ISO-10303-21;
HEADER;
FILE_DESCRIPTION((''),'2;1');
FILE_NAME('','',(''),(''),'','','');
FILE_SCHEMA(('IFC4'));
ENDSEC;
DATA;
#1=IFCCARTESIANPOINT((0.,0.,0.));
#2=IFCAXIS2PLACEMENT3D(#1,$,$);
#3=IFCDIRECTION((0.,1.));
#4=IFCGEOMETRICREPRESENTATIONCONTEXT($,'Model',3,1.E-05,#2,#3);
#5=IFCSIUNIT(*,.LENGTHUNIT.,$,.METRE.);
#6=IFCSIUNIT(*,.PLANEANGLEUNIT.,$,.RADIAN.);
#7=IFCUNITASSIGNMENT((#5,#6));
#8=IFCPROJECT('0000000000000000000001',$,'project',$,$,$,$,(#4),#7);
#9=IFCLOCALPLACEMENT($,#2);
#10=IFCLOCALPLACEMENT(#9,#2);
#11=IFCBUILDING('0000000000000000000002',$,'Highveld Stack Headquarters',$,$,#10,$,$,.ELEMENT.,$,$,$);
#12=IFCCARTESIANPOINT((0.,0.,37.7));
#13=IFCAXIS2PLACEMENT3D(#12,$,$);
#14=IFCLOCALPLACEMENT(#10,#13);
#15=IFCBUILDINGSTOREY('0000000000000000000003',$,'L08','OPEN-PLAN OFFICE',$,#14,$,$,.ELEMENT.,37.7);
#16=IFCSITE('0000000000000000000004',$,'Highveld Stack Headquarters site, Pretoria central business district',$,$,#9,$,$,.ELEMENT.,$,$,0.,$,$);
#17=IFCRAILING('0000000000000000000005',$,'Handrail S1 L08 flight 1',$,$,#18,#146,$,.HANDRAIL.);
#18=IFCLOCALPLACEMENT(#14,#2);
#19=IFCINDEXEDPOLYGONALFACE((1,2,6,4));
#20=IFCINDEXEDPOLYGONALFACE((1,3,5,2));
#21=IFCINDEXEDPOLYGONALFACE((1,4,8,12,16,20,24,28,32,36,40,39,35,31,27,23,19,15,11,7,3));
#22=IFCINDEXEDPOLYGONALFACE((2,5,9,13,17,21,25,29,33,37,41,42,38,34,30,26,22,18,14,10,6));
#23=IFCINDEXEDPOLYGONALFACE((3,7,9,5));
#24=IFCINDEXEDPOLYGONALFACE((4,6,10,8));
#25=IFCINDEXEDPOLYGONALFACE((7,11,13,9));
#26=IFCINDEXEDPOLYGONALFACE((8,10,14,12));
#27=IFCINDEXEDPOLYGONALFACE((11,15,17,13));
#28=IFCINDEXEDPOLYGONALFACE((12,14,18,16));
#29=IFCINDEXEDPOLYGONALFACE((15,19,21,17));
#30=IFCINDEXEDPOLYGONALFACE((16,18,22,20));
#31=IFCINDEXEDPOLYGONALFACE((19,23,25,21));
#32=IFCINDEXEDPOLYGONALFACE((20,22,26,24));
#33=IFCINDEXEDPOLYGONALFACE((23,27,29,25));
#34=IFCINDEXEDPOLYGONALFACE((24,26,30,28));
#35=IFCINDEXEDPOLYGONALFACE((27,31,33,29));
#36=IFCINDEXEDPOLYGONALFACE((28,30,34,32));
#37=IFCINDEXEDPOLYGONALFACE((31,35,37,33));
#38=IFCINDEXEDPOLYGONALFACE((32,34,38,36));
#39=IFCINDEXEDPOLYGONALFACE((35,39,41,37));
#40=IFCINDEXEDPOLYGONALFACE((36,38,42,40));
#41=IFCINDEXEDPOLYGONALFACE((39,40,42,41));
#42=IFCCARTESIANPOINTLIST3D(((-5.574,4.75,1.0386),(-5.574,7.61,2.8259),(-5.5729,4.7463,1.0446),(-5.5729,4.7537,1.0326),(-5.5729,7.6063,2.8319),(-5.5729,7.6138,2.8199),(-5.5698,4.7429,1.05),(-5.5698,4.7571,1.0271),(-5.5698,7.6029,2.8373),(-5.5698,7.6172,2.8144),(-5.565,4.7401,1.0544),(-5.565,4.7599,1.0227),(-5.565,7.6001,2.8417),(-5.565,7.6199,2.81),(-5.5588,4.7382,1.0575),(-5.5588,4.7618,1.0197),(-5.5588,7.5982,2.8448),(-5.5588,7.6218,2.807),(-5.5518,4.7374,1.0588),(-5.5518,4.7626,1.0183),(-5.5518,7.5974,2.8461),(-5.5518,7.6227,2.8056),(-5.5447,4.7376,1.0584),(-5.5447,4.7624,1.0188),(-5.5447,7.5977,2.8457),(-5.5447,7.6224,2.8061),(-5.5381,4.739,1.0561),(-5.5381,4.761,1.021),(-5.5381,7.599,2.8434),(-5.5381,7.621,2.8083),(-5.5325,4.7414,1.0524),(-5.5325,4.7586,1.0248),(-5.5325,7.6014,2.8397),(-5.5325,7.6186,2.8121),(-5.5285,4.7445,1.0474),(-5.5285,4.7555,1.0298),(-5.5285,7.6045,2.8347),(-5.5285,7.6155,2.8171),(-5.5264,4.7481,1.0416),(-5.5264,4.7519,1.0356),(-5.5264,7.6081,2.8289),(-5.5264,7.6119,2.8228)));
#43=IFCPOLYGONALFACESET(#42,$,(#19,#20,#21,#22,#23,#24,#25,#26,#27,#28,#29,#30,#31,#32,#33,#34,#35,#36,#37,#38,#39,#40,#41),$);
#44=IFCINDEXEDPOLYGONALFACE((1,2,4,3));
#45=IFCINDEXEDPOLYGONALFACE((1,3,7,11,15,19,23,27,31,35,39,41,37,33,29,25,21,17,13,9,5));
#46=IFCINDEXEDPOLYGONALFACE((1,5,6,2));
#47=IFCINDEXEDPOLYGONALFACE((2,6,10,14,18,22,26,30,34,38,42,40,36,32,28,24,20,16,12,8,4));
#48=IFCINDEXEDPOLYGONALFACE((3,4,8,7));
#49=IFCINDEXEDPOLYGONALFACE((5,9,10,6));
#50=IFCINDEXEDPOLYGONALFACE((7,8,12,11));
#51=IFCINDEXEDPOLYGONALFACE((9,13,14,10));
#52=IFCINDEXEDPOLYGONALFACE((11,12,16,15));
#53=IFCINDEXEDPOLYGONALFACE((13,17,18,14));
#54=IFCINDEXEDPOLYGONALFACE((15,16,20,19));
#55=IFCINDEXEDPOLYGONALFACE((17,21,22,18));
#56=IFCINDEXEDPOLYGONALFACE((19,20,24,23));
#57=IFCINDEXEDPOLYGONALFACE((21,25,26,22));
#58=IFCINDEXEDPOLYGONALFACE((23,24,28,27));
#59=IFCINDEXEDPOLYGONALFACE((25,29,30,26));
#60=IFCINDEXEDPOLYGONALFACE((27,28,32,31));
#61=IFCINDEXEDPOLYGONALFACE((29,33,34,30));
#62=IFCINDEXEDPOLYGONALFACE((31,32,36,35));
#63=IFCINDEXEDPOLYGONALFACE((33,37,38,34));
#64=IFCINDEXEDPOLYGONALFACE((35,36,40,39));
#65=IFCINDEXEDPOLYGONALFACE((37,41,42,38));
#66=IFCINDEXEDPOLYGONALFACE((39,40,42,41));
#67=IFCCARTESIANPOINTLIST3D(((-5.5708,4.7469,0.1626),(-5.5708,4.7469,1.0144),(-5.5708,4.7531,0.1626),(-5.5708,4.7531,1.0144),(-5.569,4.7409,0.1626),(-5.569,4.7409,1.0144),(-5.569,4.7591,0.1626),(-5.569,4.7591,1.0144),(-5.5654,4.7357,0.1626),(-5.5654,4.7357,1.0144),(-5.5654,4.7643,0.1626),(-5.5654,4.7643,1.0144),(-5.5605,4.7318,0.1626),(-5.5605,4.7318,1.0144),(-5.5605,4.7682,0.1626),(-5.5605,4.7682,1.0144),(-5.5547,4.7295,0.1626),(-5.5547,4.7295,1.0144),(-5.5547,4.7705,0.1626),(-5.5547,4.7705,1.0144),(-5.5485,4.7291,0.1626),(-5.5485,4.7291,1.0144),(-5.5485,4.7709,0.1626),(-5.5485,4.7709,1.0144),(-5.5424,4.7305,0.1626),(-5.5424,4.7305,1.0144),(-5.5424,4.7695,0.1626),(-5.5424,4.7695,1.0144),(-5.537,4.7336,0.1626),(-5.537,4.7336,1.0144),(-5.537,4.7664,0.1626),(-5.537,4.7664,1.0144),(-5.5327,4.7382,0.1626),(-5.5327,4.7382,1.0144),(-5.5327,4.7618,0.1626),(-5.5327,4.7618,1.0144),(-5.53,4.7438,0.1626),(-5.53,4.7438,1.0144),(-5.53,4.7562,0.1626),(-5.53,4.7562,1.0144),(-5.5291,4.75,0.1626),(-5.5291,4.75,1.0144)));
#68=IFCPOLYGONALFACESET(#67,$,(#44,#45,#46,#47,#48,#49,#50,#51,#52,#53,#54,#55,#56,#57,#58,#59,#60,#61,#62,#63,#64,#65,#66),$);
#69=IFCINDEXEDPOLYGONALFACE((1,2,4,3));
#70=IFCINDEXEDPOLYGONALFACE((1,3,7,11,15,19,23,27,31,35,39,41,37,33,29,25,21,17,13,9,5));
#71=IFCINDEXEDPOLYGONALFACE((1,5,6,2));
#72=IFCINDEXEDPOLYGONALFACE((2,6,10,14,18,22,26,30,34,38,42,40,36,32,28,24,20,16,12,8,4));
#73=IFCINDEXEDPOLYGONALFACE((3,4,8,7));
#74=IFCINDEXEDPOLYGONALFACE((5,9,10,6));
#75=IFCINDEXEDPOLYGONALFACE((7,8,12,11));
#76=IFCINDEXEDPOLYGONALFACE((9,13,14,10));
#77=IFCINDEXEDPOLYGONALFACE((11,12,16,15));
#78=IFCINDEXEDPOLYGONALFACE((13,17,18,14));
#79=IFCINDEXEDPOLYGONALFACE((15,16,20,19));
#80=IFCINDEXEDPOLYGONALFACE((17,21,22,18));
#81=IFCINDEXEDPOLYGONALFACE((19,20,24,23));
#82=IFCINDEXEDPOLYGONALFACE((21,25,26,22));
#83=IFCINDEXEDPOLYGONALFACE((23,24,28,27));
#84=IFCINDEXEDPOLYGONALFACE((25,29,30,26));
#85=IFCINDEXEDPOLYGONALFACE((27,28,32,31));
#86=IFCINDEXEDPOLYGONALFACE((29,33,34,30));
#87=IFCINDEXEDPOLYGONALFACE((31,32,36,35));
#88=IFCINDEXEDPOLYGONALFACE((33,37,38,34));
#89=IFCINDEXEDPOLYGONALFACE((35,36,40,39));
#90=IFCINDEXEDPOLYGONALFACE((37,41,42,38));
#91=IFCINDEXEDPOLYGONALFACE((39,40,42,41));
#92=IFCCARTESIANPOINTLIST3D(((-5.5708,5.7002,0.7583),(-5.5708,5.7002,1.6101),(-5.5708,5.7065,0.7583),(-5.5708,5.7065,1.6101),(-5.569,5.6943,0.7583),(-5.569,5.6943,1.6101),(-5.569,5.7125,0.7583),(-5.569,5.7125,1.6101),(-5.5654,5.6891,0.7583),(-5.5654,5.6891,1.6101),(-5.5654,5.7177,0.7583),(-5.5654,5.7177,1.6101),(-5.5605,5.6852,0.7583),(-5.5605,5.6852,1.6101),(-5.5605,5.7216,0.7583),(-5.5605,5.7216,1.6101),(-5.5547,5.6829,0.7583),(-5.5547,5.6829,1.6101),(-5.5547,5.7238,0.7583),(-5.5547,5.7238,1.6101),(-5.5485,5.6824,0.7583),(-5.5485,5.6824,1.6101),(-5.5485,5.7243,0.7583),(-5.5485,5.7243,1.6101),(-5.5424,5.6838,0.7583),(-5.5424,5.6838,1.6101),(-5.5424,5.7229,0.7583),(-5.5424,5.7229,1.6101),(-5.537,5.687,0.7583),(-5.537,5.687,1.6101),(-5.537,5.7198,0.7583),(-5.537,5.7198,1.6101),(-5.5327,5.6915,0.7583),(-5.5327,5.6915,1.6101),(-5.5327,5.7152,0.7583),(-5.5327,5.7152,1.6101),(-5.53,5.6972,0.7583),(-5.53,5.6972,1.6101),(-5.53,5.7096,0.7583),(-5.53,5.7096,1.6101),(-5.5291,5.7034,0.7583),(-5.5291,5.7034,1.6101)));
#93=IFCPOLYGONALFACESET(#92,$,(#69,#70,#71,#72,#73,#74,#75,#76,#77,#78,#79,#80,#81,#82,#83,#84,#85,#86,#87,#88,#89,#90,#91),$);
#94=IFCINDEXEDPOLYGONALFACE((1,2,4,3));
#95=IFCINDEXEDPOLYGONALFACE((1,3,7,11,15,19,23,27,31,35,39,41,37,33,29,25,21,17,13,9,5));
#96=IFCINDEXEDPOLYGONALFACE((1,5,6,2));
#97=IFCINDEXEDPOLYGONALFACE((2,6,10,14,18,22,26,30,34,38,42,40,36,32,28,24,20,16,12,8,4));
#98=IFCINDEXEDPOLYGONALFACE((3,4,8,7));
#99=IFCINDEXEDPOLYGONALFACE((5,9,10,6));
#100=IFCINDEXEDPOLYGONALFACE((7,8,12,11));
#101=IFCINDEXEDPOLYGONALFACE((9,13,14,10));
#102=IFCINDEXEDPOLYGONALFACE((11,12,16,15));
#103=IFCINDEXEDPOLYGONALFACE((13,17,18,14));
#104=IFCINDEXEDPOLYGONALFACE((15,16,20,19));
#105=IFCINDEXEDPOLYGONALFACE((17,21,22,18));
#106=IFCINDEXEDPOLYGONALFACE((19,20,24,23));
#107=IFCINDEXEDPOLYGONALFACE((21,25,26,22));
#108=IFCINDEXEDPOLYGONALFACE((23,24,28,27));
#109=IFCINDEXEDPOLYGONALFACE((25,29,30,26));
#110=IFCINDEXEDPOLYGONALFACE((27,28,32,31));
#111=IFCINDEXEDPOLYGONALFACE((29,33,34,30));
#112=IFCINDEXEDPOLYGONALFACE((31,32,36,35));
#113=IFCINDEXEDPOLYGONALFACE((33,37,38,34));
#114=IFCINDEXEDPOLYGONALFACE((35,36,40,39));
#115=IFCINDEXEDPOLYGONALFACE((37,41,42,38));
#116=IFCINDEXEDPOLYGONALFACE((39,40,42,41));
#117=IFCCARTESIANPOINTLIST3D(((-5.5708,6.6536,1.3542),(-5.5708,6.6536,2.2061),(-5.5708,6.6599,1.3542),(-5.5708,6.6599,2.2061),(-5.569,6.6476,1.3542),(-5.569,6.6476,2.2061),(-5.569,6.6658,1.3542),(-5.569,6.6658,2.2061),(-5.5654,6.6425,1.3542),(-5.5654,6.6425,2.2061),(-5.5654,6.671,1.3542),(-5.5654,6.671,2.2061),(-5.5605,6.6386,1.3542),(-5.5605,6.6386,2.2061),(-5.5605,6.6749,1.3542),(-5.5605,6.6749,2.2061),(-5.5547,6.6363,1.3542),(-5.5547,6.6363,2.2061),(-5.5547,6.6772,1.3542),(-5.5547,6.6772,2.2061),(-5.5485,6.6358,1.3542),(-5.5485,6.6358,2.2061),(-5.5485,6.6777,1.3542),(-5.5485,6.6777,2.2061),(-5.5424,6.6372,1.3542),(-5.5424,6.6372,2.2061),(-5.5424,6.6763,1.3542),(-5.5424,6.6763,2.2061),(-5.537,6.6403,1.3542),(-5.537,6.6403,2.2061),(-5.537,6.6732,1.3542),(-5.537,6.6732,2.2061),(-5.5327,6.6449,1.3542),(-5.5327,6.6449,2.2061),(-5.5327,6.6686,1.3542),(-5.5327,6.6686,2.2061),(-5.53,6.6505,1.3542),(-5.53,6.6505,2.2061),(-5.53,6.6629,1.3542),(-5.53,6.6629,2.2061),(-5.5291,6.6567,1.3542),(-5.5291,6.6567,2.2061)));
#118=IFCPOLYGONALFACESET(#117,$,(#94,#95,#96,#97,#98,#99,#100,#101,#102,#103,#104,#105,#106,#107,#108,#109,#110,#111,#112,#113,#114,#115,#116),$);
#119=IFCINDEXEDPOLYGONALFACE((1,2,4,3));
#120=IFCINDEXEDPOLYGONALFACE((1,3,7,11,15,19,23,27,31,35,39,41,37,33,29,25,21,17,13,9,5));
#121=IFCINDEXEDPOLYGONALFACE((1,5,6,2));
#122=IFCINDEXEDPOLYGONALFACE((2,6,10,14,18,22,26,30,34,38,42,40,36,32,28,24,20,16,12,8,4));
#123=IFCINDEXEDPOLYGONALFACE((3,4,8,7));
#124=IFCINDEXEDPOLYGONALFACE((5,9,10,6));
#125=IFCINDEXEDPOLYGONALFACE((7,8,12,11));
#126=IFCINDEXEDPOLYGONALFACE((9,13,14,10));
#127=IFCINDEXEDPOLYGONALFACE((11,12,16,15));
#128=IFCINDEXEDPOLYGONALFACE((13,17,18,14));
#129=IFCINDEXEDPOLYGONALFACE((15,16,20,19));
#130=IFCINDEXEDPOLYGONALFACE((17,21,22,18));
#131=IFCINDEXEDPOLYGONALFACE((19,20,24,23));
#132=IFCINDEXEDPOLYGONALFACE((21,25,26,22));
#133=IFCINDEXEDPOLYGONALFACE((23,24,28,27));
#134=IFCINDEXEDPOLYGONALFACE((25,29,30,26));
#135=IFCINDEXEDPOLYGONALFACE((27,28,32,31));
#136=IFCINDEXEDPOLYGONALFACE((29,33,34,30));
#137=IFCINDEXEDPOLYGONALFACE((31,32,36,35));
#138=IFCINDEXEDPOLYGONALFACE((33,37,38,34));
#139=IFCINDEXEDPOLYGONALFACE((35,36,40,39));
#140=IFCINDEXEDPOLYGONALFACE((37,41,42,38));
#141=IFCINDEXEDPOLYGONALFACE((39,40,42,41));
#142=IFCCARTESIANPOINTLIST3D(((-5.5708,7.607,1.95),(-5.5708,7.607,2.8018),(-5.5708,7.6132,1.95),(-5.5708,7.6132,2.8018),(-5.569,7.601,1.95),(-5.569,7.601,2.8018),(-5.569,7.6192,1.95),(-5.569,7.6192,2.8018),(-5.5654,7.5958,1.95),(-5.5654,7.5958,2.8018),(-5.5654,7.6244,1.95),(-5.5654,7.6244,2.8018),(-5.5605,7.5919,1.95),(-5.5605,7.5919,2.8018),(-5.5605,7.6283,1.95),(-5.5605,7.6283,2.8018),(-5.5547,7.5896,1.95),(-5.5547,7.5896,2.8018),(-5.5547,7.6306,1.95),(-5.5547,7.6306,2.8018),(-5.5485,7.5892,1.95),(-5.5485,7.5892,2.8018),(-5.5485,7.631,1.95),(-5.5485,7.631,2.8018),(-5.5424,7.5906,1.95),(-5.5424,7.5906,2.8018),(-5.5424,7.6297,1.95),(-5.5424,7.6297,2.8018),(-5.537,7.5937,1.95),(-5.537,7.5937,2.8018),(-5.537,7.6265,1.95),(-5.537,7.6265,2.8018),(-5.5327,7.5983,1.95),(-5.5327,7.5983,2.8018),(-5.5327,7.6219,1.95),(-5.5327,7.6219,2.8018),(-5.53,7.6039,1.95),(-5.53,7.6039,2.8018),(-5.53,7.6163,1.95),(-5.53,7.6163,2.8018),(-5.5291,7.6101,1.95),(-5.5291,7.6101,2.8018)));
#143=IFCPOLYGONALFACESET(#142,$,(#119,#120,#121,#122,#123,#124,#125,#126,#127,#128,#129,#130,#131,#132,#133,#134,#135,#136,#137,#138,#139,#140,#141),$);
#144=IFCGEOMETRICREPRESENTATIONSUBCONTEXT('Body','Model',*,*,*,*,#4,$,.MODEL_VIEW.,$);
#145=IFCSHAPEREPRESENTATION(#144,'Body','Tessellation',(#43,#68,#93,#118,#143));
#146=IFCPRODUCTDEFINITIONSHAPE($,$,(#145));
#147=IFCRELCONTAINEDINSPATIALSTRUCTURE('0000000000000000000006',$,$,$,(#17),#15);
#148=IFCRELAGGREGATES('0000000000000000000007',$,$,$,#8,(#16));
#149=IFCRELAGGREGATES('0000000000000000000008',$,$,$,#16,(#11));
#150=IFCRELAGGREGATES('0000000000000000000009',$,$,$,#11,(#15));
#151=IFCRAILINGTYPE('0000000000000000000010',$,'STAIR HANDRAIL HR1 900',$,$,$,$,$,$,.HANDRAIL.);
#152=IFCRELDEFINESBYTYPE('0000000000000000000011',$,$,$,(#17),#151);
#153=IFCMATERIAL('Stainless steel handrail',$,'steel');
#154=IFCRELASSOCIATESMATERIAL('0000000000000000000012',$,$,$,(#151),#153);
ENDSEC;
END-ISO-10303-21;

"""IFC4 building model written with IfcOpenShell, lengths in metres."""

from ifc_helpers import new_model, si_unit, direction, frame, origin, origin_2d, place, context, subcontext, project, spatial, circle, extrude, material, type_object, element, save


model = new_model("IFC4")

# Units and contexts
model_context = context("Model", 3, precision=1e-05, world=origin(), true_north=direction((0.0, 1.0)))
body_context = subcontext(model_context, "Body", "Model", "MODEL_VIEW")
ifc_project = project(units=[si_unit("LENGTHUNIT", "METRE"), si_unit("PLANEANGLEUNIT", "RADIAN")], contexts=[model_context])

# Site, building, storey
site_placement = place(None, origin())
site = spatial("IfcSite", under=ifc_project, at=site_placement, Name="Highveld Stack Headquarters site, Pretoria central business district", CompositionType="ELEMENT", RefElevation=0.0)
building_placement = place(site_placement, origin())
building = spatial("IfcBuilding", under=site, at=building_placement, Name="Highveld Stack Headquarters", CompositionType="ELEMENT")
storey_placement = place(building_placement, frame((0.0, 0.0, 37.7)))
storey = spatial("IfcBuildingStorey", under=building, at=storey_placement, Name="L08", Description="OPEN-PLAN OFFICE", CompositionType="ELEMENT", Elevation=37.7)

# Railing
ifc_material_1 = material(Name="Stainless steel handrail", Category="steel")
railing_type = type_object("IfcRailingType", Name="STAIR HANDRAIL HR1 900", PredefinedType="HANDRAIL", material=ifc_material_1)
for number, where, name in (
    (1, (-5.55, 4.75, 0.1626), "Handrail S1 L08 flight 1"),
):
    element("IfcRailing", number, at=place(storey_placement, frame(where)), inside=storey, type_object=railing_type, Name=name, PredefinedType="HANDRAIL", context=body_context, shape_type="SweptSolid", body=[
        extrude(circle(Radius=0.0239, at=origin_2d()), frame((0.0, 0.0, 0.876), z_axis=(0.0, 0.848027, 0.529953), x_axis=(-1.0, 0.0, 0.0)), (0.0, 0.0, 1.0), 3.3726),
        extrude(circle(Radius=0.021, at=origin_2d()), origin(), (0.0, 0.0, 1.0), 0.8518),
        extrude(circle(Radius=0.021, at=origin_2d()), frame((0.0, 0.9534, 0.5957)), (0.0, 0.0, 1.0), 0.8518),
        extrude(circle(Radius=0.021, at=origin_2d()), frame((0.0, 1.9067, 1.1917)), (0.0, 0.0, 1.0), 0.8518),
        extrude(circle(Radius=0.021, at=origin_2d()), frame((0.0, 2.8601, 1.7874)), (0.0, 0.0, 1.0), 0.8518),
    ])

save(model, "model.ifc")
